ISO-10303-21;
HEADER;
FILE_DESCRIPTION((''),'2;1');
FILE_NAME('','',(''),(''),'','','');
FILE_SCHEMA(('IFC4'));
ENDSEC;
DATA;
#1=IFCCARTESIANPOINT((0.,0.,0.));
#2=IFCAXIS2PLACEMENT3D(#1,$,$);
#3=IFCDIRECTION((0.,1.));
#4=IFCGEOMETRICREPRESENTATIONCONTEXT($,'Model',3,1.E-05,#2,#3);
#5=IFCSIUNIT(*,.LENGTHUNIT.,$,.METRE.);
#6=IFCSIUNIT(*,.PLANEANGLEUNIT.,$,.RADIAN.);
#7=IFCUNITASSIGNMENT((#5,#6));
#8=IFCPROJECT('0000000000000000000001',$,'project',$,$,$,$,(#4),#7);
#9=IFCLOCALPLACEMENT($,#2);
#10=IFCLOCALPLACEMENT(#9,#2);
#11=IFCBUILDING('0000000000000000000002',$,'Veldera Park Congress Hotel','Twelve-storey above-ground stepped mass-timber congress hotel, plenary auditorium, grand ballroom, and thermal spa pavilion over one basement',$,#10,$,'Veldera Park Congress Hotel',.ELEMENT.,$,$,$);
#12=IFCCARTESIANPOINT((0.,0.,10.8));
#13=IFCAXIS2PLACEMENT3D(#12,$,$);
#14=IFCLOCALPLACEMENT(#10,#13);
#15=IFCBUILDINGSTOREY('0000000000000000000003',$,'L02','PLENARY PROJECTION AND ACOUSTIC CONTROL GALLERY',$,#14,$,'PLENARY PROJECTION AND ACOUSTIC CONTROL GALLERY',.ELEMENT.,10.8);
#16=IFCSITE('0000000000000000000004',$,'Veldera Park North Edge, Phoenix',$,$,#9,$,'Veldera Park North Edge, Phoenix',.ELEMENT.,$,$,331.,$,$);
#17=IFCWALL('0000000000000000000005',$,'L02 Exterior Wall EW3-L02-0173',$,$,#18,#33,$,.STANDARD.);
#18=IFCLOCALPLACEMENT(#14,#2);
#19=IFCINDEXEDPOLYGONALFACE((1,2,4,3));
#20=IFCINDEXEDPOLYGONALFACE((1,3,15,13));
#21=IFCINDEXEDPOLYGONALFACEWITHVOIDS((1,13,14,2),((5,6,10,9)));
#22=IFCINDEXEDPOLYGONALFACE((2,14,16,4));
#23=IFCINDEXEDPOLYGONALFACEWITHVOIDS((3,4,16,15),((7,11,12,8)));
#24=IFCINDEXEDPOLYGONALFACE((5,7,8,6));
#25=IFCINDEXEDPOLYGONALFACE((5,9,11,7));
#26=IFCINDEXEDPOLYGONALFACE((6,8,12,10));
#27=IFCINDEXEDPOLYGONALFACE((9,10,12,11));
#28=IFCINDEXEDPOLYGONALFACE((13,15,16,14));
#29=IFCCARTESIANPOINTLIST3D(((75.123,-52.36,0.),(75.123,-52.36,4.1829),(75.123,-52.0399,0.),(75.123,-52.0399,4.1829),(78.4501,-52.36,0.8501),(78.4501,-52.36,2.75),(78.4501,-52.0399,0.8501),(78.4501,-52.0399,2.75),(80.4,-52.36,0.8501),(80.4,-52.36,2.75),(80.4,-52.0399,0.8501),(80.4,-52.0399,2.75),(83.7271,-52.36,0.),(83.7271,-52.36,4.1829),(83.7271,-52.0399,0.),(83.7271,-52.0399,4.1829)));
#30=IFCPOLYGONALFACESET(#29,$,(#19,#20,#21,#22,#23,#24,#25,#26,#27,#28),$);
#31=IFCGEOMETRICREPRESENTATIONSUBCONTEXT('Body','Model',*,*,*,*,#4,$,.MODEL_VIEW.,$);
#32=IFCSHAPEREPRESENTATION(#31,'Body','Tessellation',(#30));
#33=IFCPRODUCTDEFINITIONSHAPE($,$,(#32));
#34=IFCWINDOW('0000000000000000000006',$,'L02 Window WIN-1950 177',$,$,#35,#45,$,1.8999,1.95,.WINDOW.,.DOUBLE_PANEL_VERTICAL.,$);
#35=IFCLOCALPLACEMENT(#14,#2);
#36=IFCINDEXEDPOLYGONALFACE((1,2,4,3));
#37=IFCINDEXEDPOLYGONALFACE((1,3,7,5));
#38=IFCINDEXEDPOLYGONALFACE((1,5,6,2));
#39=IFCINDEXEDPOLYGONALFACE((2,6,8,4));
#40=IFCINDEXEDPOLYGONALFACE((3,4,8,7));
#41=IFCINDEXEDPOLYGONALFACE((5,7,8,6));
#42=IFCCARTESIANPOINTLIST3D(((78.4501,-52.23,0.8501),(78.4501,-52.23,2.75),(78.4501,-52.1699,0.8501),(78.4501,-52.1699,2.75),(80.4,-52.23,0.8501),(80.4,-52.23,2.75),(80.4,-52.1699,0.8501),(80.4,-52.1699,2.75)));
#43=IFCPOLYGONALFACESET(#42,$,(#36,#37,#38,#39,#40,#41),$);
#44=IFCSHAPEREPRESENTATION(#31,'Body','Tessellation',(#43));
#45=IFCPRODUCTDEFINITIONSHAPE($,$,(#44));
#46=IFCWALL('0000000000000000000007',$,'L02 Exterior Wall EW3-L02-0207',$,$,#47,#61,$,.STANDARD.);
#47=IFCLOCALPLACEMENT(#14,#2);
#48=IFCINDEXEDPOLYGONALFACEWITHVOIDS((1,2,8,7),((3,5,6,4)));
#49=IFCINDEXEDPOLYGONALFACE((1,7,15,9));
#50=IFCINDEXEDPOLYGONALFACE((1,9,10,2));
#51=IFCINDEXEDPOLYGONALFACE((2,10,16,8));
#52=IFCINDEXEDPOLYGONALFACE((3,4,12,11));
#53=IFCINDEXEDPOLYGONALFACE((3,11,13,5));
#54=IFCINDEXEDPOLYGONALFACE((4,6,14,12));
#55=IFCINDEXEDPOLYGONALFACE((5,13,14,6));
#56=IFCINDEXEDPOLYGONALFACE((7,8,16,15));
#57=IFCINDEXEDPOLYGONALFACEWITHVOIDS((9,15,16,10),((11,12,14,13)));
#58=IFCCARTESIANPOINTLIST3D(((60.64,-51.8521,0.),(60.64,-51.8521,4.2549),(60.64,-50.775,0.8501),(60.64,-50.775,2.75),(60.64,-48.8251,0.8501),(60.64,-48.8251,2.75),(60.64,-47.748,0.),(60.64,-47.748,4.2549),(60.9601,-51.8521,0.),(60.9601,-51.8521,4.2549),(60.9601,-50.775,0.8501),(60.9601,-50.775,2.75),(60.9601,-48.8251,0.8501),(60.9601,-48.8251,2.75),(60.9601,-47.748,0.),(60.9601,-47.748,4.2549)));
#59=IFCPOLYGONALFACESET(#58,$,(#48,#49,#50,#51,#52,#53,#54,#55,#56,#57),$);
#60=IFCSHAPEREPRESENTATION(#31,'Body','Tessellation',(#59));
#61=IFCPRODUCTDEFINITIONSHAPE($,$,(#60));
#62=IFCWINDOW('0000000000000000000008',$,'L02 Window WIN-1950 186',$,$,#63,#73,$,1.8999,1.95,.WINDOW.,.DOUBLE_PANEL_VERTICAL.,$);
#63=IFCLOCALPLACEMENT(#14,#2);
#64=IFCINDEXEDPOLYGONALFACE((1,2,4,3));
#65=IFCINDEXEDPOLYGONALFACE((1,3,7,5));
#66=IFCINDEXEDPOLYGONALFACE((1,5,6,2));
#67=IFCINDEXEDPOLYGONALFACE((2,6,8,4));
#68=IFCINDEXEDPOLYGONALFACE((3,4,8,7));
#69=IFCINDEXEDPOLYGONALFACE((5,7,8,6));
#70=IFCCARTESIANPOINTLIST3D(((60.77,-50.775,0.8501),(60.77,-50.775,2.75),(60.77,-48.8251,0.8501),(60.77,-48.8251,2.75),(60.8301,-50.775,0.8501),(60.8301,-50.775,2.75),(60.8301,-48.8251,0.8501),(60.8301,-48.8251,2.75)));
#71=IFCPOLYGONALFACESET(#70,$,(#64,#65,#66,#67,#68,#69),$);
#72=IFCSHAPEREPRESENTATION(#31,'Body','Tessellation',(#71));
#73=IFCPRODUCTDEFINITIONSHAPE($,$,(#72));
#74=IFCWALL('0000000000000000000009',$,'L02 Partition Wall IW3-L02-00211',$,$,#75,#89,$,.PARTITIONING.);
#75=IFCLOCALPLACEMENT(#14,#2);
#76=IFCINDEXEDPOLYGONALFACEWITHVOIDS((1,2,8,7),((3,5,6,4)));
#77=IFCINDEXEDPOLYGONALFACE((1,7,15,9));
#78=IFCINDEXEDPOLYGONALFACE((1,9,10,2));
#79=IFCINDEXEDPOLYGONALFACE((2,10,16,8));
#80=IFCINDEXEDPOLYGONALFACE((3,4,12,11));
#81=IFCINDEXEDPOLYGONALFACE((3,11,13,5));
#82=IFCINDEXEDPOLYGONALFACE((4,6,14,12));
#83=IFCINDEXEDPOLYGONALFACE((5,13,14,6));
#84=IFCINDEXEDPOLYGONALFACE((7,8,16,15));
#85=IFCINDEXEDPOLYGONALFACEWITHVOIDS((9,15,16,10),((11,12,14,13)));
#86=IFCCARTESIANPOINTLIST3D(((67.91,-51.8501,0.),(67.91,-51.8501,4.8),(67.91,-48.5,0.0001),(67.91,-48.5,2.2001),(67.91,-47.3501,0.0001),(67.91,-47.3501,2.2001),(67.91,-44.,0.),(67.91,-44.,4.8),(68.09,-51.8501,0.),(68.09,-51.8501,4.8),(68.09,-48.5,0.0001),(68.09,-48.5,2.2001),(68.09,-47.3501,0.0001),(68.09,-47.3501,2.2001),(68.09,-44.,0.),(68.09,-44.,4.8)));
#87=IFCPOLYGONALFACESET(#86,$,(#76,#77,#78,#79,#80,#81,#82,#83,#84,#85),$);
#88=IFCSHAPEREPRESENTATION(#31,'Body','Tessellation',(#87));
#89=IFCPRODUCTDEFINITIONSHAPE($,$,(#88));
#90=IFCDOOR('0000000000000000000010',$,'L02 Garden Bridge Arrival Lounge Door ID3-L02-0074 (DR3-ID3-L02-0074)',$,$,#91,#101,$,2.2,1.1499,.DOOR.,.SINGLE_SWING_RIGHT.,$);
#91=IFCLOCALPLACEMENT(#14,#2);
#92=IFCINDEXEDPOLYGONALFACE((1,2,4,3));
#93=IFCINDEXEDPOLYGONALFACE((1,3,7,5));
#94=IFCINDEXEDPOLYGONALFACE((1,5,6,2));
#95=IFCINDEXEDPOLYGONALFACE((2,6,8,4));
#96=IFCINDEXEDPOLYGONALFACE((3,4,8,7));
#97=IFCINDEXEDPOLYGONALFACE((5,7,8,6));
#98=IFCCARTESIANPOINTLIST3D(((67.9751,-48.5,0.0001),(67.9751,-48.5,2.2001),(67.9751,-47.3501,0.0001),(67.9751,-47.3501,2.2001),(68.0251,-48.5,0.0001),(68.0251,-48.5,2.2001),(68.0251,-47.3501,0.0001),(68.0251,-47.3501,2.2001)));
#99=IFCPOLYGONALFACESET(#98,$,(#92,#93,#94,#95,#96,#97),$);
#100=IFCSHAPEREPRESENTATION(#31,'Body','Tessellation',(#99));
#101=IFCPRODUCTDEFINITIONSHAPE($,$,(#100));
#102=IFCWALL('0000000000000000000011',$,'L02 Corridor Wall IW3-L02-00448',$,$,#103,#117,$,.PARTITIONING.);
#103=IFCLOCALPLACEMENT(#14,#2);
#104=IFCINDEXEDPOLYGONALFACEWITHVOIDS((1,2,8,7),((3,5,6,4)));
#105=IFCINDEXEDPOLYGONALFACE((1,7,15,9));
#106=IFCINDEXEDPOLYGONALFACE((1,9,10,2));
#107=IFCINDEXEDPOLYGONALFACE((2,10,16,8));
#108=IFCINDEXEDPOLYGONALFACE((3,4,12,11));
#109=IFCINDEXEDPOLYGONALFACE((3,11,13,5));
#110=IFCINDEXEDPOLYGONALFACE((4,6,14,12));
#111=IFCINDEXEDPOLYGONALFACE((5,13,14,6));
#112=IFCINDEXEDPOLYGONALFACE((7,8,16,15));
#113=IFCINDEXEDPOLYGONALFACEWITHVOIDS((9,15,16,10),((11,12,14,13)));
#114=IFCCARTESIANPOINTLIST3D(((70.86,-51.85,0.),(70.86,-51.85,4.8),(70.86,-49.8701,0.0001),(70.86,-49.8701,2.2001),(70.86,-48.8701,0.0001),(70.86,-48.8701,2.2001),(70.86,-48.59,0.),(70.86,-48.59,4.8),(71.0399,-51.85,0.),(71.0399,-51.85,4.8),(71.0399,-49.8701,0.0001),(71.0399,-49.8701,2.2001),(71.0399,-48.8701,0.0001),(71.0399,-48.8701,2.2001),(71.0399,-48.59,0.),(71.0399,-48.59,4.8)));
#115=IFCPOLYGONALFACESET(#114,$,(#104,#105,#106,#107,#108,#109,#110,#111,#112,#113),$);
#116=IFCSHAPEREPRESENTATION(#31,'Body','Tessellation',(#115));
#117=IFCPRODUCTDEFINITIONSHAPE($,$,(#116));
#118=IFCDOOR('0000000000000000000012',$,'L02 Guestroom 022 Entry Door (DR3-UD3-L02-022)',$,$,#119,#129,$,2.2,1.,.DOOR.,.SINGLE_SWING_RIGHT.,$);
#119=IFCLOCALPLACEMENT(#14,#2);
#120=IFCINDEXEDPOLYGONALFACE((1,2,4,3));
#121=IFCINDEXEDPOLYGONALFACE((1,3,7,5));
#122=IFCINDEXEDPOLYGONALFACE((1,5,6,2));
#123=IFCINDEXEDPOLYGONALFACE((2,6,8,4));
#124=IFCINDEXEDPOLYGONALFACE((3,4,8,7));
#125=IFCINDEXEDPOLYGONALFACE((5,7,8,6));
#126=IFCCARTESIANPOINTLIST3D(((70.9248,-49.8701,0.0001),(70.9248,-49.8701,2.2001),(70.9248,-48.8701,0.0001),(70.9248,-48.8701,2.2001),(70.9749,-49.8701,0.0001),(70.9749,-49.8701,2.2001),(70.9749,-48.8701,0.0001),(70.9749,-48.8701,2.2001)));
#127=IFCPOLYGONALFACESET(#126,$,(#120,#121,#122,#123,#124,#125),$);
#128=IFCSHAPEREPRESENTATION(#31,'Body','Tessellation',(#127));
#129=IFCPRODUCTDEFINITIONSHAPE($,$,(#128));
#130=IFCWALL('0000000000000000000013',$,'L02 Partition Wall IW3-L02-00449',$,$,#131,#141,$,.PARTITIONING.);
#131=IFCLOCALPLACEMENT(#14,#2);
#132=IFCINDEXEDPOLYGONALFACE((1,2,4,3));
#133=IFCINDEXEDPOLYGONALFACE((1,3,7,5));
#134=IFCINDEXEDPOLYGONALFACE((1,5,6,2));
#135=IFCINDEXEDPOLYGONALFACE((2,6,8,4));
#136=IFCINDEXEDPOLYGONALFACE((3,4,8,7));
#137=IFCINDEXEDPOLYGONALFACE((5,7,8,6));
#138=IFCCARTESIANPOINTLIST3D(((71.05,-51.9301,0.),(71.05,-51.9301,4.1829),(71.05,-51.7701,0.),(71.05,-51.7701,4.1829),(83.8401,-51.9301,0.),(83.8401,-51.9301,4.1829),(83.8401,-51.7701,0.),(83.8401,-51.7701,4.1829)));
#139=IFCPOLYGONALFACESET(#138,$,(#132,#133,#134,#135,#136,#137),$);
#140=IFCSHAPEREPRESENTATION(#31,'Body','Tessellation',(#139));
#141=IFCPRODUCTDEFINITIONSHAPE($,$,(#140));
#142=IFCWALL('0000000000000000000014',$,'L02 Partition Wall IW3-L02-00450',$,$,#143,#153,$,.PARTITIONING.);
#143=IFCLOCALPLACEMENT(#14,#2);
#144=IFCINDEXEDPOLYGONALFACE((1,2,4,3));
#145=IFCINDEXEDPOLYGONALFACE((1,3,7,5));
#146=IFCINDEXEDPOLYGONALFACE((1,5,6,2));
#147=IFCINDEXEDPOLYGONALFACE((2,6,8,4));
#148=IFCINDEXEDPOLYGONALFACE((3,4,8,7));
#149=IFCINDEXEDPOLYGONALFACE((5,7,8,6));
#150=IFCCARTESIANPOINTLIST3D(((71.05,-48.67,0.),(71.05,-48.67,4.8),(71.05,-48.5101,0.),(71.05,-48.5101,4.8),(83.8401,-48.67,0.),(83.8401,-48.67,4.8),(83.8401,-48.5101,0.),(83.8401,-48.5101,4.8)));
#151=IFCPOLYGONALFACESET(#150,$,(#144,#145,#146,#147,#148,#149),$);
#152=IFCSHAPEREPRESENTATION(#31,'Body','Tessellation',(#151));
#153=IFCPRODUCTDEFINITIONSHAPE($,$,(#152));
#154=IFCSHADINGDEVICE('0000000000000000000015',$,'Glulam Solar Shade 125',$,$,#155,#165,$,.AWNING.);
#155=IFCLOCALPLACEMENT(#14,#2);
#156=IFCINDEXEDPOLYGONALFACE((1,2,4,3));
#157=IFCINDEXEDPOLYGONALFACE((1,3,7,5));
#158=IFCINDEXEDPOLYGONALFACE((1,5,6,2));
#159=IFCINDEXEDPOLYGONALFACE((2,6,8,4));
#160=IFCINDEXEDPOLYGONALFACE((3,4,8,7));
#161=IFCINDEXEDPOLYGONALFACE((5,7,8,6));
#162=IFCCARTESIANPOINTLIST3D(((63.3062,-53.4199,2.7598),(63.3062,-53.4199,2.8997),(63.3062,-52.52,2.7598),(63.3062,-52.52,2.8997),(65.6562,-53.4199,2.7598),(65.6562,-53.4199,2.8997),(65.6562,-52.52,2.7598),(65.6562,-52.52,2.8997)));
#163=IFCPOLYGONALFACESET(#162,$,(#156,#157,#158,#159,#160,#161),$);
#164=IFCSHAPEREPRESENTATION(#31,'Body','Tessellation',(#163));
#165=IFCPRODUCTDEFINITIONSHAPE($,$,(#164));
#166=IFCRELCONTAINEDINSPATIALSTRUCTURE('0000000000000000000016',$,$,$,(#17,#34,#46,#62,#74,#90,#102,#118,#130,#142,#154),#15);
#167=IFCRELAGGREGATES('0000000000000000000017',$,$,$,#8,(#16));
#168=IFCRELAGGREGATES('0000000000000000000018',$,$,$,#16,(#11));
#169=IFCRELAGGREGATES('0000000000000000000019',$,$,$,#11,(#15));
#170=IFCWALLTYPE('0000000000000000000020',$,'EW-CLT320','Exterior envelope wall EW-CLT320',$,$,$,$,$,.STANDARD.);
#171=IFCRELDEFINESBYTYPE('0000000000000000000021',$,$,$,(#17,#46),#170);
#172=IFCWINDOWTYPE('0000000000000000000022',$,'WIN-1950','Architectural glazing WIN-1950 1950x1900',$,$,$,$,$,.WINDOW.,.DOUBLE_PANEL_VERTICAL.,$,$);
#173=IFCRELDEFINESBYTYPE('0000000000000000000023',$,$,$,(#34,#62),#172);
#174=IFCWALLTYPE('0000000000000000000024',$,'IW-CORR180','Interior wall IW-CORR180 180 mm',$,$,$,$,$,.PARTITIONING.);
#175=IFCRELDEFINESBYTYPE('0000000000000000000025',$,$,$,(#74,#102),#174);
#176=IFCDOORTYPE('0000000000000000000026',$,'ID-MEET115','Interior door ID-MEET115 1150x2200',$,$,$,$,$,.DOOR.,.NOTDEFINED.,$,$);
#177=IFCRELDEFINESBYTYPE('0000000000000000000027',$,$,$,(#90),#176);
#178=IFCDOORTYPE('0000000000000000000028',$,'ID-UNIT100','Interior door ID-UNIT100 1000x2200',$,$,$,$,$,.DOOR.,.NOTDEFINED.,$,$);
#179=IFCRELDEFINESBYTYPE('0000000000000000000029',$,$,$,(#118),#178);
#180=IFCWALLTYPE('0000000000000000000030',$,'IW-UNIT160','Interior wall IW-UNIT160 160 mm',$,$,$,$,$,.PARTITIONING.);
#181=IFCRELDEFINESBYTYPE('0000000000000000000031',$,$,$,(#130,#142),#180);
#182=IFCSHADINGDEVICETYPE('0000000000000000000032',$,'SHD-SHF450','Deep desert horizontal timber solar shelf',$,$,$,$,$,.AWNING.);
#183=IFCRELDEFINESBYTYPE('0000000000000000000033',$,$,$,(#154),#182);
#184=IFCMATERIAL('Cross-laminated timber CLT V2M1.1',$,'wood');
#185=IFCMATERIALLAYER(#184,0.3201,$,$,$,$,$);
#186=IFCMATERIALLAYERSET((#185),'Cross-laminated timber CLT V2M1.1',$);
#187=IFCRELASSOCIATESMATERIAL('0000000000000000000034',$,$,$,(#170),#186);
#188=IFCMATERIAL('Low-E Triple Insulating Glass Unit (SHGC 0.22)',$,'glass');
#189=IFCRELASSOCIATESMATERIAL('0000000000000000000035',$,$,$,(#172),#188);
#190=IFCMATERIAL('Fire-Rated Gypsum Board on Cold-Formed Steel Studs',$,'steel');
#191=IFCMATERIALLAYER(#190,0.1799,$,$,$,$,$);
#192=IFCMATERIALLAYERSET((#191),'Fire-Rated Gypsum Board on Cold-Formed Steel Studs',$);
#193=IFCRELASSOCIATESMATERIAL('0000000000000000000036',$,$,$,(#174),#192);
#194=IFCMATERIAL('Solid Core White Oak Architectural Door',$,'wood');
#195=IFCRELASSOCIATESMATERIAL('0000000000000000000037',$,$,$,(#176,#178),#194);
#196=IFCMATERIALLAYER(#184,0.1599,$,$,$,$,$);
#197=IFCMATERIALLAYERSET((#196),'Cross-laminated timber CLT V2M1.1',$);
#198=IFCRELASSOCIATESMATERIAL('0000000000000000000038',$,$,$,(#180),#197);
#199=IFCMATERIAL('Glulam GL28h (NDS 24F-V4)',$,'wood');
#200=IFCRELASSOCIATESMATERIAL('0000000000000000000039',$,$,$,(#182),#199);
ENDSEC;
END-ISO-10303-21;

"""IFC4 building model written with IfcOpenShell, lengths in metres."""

from ifc_helpers import new_model, si_unit, direction, frame, frame_2d, origin, origin_2d, place, context, subcontext, project, spatial, rectangle, extrude, material, layer, layer_set, type_object, element, fill, save


model = new_model("IFC4")

# Units and contexts
model_context = context("Model", 3, precision=1e-05, world=origin(), true_north=direction((0.0, 1.0)))
body_context = subcontext(model_context, "Body", "Model", "MODEL_VIEW")
ifc_project = project(units=[si_unit("LENGTHUNIT", "METRE"), si_unit("PLANEANGLEUNIT", "RADIAN")], contexts=[model_context])

# Site, building, storey
site_placement = place(None, origin())
site = spatial("IfcSite", under=ifc_project, at=site_placement, Name="Veldera Park North Edge, Phoenix", LongName="Veldera Park North Edge, Phoenix", CompositionType="ELEMENT", RefElevation=331.0)
building_placement = place(site_placement, origin())
building = spatial("IfcBuilding", under=site, at=building_placement, Name="Veldera Park Congress Hotel", Description="Twelve-storey above-ground stepped mass-timber congress hotel, plenary auditorium, grand ballroom, and thermal spa pavilion over one basement", LongName="Veldera Park Congress Hotel", CompositionType="ELEMENT")
storey_placement = place(building_placement, frame((0.0, 0.0, 10.8)))
storey = spatial("IfcBuildingStorey", under=building, at=storey_placement, Name="L02", Description="PLENARY PROJECTION AND ACOUSTIC CONTROL GALLERY", LongName="PLENARY PROJECTION AND ACOUSTIC CONTROL GALLERY", CompositionType="ELEMENT", Elevation=10.8)

# Shared definitions
ifc_material_1 = material(Name="Glulam GL28h (NDS 24F-V4)", Category="wood")

# Shared definitions
ifc_material_2 = material(Name="Cross-laminated timber CLT V2M1.1", Category="wood")
ifc_layer_1 = layer(ifc_material_2, 0.3201)
ifc_layer_set_1 = layer_set([ifc_layer_1], Name="Cross-laminated timber CLT V2M1.1")
wall_type_1 = type_object("IfcWallType", Name="EW-CLT320", Description="Exterior envelope wall EW-CLT320", PredefinedType="STANDARD", material=ifc_layer_set_1)
ifc_material_3 = material(Name="Low-E Triple Insulating Glass Unit (SHGC 0.22)", Category="glass")
window_type = type_object("IfcWindowType", Name="WIN-1950", Description="Architectural glazing WIN-1950 1950x1900", PartitioningType="DOUBLE_PANEL_VERTICAL", PredefinedType="WINDOW", material=ifc_material_3)

# Walls, openings, windows
wall_1_placement = place(storey_placement, frame((75.123, -52.2, 0.0), z_axis=(0.0, 0.0, 1.0), x_axis=(1.0, 0.0, 0.0)))
wall_1 = element("IfcWall", 1, at=wall_1_placement, inside=storey, type_object=wall_type_1, Name="L02 Exterior Wall EW3-L02-0173", PredefinedType="STANDARD", context=body_context, shape_type="SweptSolid", body=[
    extrude(rectangle(XDim=8.604, YDim=0.3201, at=frame_2d((4.302, 0.0))), origin(), (0.0, 0.0, 1.0), 4.1829),
])
opening_1_placement = place(wall_1_placement, frame((3.3269, 0.0, 0.8501)))
opening_1 = element("IfcOpeningElement", 2, at=opening_1_placement, cuts=wall_1, PredefinedType="OPENING", context=body_context, shape_type="SweptSolid", body=[
    extrude(rectangle(XDim=1.95, YDim=1.8999, at=frame_2d((0.9751, 0.95))), frame((0.0, 0.1721, 0.0), z_axis=(0.0, -1.0, 0.0), x_axis=(1.0, 0.0, 0.0)), (0.0, 0.0, 1.0), 0.344),
])
window_1_placement = place(opening_1_placement, origin())
window_1 = element("IfcWindow", 3, at=window_1_placement, inside=storey, type_object=window_type, Name="L02 Window WIN-1950 177", OverallHeight=1.8999, OverallWidth=1.95, PartitioningType="DOUBLE_PANEL_VERTICAL", PredefinedType="WINDOW", context=body_context, shape_type="SweptSolid", body=[
    extrude(rectangle(XDim=1.95, YDim=1.8999, at=frame_2d((0.9751, 0.95))), frame((0.0, 0.03, 0.0), z_axis=(0.0, -1.0, 0.0), x_axis=(1.0, 0.0, 0.0)), (0.0, 0.0, 1.0), 0.0601),
])
fill(opening_1, window_1)
wall_2_placement = place(storey_placement, frame((60.8, -47.748, 0.0), z_axis=(0.0, 0.0, 1.0), x_axis=(0.0, -1.0, 0.0)))
wall_2 = element("IfcWall", 4, at=wall_2_placement, inside=storey, type_object=wall_type_1, Name="L02 Exterior Wall EW3-L02-0207", PredefinedType="STANDARD", context=body_context, shape_type="SweptSolid", body=[
    extrude(rectangle(XDim=4.104, YDim=0.3201, at=frame_2d((2.052, 0.0))), origin(), (0.0, 0.0, 1.0), 4.2549),
])
opening_2_placement = place(wall_2_placement, frame((1.0769, 0.0, 0.8501)))
opening_2 = element("IfcOpeningElement", 5, at=opening_2_placement, cuts=wall_2, PredefinedType="OPENING", context=body_context, shape_type="SweptSolid", body=[
    extrude(rectangle(XDim=1.95, YDim=1.8999, at=frame_2d((0.9751, 0.95))), frame((0.0, 0.1721, 0.0), z_axis=(0.0, -1.0, 0.0), x_axis=(1.0, 0.0, 0.0)), (0.0, 0.0, 1.0), 0.344),
])
window_2_placement = place(opening_2_placement, origin())
window_2 = element("IfcWindow", 6, at=window_2_placement, inside=storey, type_object=window_type, Name="L02 Window WIN-1950 186", OverallHeight=1.8999, OverallWidth=1.95, PartitioningType="DOUBLE_PANEL_VERTICAL", PredefinedType="WINDOW", context=body_context, shape_type="SweptSolid", body=[
    extrude(rectangle(XDim=1.95, YDim=1.8999, at=frame_2d((0.9751, 0.95))), frame((0.0, 0.03, 0.0), z_axis=(0.0, -1.0, 0.0), x_axis=(1.0, 0.0, 0.0)), (0.0, 0.0, 1.0), 0.0601),
])
fill(opening_2, window_2)

# Walls, openings, doors
ifc_material_4 = material(Name="Fire-Rated Gypsum Board on Cold-Formed Steel Studs", Category="steel")
ifc_layer_2 = layer(ifc_material_4, 0.1799)
ifc_layer_set_2 = layer_set([ifc_layer_2], Name="Fire-Rated Gypsum Board on Cold-Formed Steel Studs")
wall_type_2 = type_object("IfcWallType", Name="IW-CORR180", Description="Interior wall IW-CORR180 180 mm", PredefinedType="PARTITIONING", material=ifc_layer_set_2)
wall_3_placement = place(storey_placement, frame((68.0, -51.8501, 0.0), z_axis=(0.0, 0.0, 1.0), x_axis=(0.0, 1.0, 0.0)))
wall_3 = element("IfcWall", 7, at=wall_3_placement, inside=storey, type_object=wall_type_2, Name="L02 Partition Wall IW3-L02-00211", PredefinedType="PARTITIONING", context=body_context, shape_type="SweptSolid", body=[
    extrude(rectangle(XDim=7.8501, YDim=0.1799, at=frame_2d((3.925, 0.0))), origin(), (0.0, 0.0, 1.0), 4.8),
])
opening_3_placement = place(wall_3_placement, frame((3.3501, 0.0, 0.0)))
opening_3 = element("IfcOpeningElement", 8, at=opening_3_placement, cuts=wall_3, PredefinedType="OPENING", context=body_context, shape_type="SweptSolid", body=[
    extrude(rectangle(XDim=1.1499, YDim=2.2, at=frame_2d((0.575, 1.1001))), frame((0.0, 0.1021, 0.0), z_axis=(0.0, -1.0, 0.0), x_axis=(1.0, 0.0, 0.0)), (0.0, 0.0, 1.0), 0.2039),
])
ifc_material_5 = material(Name="Solid Core White Oak Architectural Door", Category="wood")
door_type_1 = type_object("IfcDoorType", Name="ID-MEET115", Description="Interior door ID-MEET115 1150x2200", OperationType="NOTDEFINED", PredefinedType="DOOR", material=ifc_material_5)
door_1_placement = place(opening_3_placement, origin())
door_1 = element("IfcDoor", 9, at=door_1_placement, inside=storey, type_object=door_type_1, Name="L02 Garden Bridge Arrival Lounge Door ID3-L02-0074 (DR3-ID3-L02-0074)", OperationType="SINGLE_SWING_RIGHT", OverallHeight=2.2, OverallWidth=1.1499, PredefinedType="DOOR", context=body_context, shape_type="SweptSolid", body=[
    extrude(rectangle(XDim=1.1499, YDim=2.2, at=frame_2d((0.575, 1.1001))), frame((0.0, 0.0249, 0.0), z_axis=(0.0, -1.0, 0.0), x_axis=(1.0, 0.0, 0.0)), (0.0, 0.0, 1.0), 0.05),
])
fill(opening_3, door_1)
wall_4_placement = place(storey_placement, frame((70.95, -48.5901, 0.0), z_axis=(0.0, 0.0, 1.0), x_axis=(0.0, -1.0, 0.0)))
wall_4 = element("IfcWall", 10, at=wall_4_placement, inside=storey, type_object=wall_type_2, Name="L02 Corridor Wall IW3-L02-00448", PredefinedType="PARTITIONING", context=body_context, shape_type="SweptSolid", body=[
    extrude(rectangle(XDim=3.26, YDim=0.1799, at=frame_2d((1.6299, 0.0))), origin(), (0.0, 0.0, 1.0), 4.8),
])
opening_4_placement = place(wall_4_placement, frame((0.28, 0.0, 0.0)))
opening_4 = element("IfcOpeningElement", 11, at=opening_4_placement, cuts=wall_4, PredefinedType="OPENING", context=body_context, shape_type="SweptSolid", body=[
    extrude(rectangle(XDim=1.0, YDim=2.2, at=frame_2d((0.5, 1.1001))), frame((0.0, 0.1021, 0.0), z_axis=(0.0, -1.0, 0.0), x_axis=(1.0, 0.0, 0.0)), (0.0, 0.0, 1.0), 0.2039),
])
door_type_2 = type_object("IfcDoorType", Name="ID-UNIT100", Description="Interior door ID-UNIT100 1000x2200", OperationType="NOTDEFINED", PredefinedType="DOOR", material=ifc_material_5)
door_2_placement = place(opening_4_placement, origin())
door_2 = element("IfcDoor", 12, at=door_2_placement, inside=storey, type_object=door_type_2, Name="L02 Guestroom 022 Entry Door (DR3-UD3-L02-022)", OperationType="SINGLE_SWING_RIGHT", OverallHeight=2.2, OverallWidth=1.0, PredefinedType="DOOR", context=body_context, shape_type="SweptSolid", body=[
    extrude(rectangle(XDim=1.0, YDim=2.2, at=frame_2d((0.5, 1.1001))), frame((0.0, 0.0249, 0.0), z_axis=(0.0, -1.0, 0.0), x_axis=(1.0, 0.0, 0.0)), (0.0, 0.0, 1.0), 0.05),
])
fill(opening_4, door_2)

# Walls
ifc_layer_3 = layer(ifc_material_2, 0.1599)
ifc_layer_set_3 = layer_set([ifc_layer_3], Name="Cross-laminated timber CLT V2M1.1")
wall_type_3 = type_object("IfcWallType", Name="IW-UNIT160", Description="Interior wall IW-UNIT160 160 mm", PredefinedType="PARTITIONING", material=ifc_layer_set_3)
wall_5_placement = place(storey_placement, frame((71.05, -51.8501, 0.0), z_axis=(0.0, 0.0, 1.0), x_axis=(1.0, 0.0, 0.0)))
element("IfcWall", 13, at=wall_5_placement, inside=storey, type_object=wall_type_3, Name="L02 Partition Wall IW3-L02-00449", PredefinedType="PARTITIONING", context=body_context, shape_type="SweptSolid", body=[
    extrude(rectangle(XDim=12.79, YDim=0.1599, at=frame_2d((6.395, 0.0))), origin(), (0.0, 0.0, 1.0), 4.1829),
])
wall_6_placement = place(storey_placement, frame((71.05, -48.5901, 0.0), z_axis=(0.0, 0.0, 1.0), x_axis=(1.0, 0.0, 0.0)))
element("IfcWall", 14, at=wall_6_placement, inside=storey, type_object=wall_type_3, Name="L02 Partition Wall IW3-L02-00450", PredefinedType="PARTITIONING", context=body_context, shape_type="SweptSolid", body=[
    extrude(rectangle(XDim=12.79, YDim=0.1599, at=frame_2d((6.395, 0.0))), origin(), (0.0, 0.0, 1.0), 4.8),
])

# Shading device
shading_device_type = type_object("IfcShadingDeviceType", Name="SHD-SHF450", Description="Deep desert horizontal timber solar shelf", PredefinedType="AWNING", material=ifc_material_1)
shading_device_placement = place(storey_placement, frame((64.4812, -52.97, 2.7598), z_axis=(0.0, 0.0, 1.0), x_axis=(1.0, 0.0, 0.0)))
element("IfcShadingDevice", 15, at=shading_device_placement, inside=storey, type_object=shading_device_type, Name="Glulam Solar Shade 125", PredefinedType="AWNING", context=body_context, shape_type="SweptSolid", body=[
    extrude(rectangle(XDim=2.3501, YDim=0.8999, at=origin_2d()), origin(), (0.0, 0.0, 1.0), 0.1399),
])

save(model, "model.ifc")
